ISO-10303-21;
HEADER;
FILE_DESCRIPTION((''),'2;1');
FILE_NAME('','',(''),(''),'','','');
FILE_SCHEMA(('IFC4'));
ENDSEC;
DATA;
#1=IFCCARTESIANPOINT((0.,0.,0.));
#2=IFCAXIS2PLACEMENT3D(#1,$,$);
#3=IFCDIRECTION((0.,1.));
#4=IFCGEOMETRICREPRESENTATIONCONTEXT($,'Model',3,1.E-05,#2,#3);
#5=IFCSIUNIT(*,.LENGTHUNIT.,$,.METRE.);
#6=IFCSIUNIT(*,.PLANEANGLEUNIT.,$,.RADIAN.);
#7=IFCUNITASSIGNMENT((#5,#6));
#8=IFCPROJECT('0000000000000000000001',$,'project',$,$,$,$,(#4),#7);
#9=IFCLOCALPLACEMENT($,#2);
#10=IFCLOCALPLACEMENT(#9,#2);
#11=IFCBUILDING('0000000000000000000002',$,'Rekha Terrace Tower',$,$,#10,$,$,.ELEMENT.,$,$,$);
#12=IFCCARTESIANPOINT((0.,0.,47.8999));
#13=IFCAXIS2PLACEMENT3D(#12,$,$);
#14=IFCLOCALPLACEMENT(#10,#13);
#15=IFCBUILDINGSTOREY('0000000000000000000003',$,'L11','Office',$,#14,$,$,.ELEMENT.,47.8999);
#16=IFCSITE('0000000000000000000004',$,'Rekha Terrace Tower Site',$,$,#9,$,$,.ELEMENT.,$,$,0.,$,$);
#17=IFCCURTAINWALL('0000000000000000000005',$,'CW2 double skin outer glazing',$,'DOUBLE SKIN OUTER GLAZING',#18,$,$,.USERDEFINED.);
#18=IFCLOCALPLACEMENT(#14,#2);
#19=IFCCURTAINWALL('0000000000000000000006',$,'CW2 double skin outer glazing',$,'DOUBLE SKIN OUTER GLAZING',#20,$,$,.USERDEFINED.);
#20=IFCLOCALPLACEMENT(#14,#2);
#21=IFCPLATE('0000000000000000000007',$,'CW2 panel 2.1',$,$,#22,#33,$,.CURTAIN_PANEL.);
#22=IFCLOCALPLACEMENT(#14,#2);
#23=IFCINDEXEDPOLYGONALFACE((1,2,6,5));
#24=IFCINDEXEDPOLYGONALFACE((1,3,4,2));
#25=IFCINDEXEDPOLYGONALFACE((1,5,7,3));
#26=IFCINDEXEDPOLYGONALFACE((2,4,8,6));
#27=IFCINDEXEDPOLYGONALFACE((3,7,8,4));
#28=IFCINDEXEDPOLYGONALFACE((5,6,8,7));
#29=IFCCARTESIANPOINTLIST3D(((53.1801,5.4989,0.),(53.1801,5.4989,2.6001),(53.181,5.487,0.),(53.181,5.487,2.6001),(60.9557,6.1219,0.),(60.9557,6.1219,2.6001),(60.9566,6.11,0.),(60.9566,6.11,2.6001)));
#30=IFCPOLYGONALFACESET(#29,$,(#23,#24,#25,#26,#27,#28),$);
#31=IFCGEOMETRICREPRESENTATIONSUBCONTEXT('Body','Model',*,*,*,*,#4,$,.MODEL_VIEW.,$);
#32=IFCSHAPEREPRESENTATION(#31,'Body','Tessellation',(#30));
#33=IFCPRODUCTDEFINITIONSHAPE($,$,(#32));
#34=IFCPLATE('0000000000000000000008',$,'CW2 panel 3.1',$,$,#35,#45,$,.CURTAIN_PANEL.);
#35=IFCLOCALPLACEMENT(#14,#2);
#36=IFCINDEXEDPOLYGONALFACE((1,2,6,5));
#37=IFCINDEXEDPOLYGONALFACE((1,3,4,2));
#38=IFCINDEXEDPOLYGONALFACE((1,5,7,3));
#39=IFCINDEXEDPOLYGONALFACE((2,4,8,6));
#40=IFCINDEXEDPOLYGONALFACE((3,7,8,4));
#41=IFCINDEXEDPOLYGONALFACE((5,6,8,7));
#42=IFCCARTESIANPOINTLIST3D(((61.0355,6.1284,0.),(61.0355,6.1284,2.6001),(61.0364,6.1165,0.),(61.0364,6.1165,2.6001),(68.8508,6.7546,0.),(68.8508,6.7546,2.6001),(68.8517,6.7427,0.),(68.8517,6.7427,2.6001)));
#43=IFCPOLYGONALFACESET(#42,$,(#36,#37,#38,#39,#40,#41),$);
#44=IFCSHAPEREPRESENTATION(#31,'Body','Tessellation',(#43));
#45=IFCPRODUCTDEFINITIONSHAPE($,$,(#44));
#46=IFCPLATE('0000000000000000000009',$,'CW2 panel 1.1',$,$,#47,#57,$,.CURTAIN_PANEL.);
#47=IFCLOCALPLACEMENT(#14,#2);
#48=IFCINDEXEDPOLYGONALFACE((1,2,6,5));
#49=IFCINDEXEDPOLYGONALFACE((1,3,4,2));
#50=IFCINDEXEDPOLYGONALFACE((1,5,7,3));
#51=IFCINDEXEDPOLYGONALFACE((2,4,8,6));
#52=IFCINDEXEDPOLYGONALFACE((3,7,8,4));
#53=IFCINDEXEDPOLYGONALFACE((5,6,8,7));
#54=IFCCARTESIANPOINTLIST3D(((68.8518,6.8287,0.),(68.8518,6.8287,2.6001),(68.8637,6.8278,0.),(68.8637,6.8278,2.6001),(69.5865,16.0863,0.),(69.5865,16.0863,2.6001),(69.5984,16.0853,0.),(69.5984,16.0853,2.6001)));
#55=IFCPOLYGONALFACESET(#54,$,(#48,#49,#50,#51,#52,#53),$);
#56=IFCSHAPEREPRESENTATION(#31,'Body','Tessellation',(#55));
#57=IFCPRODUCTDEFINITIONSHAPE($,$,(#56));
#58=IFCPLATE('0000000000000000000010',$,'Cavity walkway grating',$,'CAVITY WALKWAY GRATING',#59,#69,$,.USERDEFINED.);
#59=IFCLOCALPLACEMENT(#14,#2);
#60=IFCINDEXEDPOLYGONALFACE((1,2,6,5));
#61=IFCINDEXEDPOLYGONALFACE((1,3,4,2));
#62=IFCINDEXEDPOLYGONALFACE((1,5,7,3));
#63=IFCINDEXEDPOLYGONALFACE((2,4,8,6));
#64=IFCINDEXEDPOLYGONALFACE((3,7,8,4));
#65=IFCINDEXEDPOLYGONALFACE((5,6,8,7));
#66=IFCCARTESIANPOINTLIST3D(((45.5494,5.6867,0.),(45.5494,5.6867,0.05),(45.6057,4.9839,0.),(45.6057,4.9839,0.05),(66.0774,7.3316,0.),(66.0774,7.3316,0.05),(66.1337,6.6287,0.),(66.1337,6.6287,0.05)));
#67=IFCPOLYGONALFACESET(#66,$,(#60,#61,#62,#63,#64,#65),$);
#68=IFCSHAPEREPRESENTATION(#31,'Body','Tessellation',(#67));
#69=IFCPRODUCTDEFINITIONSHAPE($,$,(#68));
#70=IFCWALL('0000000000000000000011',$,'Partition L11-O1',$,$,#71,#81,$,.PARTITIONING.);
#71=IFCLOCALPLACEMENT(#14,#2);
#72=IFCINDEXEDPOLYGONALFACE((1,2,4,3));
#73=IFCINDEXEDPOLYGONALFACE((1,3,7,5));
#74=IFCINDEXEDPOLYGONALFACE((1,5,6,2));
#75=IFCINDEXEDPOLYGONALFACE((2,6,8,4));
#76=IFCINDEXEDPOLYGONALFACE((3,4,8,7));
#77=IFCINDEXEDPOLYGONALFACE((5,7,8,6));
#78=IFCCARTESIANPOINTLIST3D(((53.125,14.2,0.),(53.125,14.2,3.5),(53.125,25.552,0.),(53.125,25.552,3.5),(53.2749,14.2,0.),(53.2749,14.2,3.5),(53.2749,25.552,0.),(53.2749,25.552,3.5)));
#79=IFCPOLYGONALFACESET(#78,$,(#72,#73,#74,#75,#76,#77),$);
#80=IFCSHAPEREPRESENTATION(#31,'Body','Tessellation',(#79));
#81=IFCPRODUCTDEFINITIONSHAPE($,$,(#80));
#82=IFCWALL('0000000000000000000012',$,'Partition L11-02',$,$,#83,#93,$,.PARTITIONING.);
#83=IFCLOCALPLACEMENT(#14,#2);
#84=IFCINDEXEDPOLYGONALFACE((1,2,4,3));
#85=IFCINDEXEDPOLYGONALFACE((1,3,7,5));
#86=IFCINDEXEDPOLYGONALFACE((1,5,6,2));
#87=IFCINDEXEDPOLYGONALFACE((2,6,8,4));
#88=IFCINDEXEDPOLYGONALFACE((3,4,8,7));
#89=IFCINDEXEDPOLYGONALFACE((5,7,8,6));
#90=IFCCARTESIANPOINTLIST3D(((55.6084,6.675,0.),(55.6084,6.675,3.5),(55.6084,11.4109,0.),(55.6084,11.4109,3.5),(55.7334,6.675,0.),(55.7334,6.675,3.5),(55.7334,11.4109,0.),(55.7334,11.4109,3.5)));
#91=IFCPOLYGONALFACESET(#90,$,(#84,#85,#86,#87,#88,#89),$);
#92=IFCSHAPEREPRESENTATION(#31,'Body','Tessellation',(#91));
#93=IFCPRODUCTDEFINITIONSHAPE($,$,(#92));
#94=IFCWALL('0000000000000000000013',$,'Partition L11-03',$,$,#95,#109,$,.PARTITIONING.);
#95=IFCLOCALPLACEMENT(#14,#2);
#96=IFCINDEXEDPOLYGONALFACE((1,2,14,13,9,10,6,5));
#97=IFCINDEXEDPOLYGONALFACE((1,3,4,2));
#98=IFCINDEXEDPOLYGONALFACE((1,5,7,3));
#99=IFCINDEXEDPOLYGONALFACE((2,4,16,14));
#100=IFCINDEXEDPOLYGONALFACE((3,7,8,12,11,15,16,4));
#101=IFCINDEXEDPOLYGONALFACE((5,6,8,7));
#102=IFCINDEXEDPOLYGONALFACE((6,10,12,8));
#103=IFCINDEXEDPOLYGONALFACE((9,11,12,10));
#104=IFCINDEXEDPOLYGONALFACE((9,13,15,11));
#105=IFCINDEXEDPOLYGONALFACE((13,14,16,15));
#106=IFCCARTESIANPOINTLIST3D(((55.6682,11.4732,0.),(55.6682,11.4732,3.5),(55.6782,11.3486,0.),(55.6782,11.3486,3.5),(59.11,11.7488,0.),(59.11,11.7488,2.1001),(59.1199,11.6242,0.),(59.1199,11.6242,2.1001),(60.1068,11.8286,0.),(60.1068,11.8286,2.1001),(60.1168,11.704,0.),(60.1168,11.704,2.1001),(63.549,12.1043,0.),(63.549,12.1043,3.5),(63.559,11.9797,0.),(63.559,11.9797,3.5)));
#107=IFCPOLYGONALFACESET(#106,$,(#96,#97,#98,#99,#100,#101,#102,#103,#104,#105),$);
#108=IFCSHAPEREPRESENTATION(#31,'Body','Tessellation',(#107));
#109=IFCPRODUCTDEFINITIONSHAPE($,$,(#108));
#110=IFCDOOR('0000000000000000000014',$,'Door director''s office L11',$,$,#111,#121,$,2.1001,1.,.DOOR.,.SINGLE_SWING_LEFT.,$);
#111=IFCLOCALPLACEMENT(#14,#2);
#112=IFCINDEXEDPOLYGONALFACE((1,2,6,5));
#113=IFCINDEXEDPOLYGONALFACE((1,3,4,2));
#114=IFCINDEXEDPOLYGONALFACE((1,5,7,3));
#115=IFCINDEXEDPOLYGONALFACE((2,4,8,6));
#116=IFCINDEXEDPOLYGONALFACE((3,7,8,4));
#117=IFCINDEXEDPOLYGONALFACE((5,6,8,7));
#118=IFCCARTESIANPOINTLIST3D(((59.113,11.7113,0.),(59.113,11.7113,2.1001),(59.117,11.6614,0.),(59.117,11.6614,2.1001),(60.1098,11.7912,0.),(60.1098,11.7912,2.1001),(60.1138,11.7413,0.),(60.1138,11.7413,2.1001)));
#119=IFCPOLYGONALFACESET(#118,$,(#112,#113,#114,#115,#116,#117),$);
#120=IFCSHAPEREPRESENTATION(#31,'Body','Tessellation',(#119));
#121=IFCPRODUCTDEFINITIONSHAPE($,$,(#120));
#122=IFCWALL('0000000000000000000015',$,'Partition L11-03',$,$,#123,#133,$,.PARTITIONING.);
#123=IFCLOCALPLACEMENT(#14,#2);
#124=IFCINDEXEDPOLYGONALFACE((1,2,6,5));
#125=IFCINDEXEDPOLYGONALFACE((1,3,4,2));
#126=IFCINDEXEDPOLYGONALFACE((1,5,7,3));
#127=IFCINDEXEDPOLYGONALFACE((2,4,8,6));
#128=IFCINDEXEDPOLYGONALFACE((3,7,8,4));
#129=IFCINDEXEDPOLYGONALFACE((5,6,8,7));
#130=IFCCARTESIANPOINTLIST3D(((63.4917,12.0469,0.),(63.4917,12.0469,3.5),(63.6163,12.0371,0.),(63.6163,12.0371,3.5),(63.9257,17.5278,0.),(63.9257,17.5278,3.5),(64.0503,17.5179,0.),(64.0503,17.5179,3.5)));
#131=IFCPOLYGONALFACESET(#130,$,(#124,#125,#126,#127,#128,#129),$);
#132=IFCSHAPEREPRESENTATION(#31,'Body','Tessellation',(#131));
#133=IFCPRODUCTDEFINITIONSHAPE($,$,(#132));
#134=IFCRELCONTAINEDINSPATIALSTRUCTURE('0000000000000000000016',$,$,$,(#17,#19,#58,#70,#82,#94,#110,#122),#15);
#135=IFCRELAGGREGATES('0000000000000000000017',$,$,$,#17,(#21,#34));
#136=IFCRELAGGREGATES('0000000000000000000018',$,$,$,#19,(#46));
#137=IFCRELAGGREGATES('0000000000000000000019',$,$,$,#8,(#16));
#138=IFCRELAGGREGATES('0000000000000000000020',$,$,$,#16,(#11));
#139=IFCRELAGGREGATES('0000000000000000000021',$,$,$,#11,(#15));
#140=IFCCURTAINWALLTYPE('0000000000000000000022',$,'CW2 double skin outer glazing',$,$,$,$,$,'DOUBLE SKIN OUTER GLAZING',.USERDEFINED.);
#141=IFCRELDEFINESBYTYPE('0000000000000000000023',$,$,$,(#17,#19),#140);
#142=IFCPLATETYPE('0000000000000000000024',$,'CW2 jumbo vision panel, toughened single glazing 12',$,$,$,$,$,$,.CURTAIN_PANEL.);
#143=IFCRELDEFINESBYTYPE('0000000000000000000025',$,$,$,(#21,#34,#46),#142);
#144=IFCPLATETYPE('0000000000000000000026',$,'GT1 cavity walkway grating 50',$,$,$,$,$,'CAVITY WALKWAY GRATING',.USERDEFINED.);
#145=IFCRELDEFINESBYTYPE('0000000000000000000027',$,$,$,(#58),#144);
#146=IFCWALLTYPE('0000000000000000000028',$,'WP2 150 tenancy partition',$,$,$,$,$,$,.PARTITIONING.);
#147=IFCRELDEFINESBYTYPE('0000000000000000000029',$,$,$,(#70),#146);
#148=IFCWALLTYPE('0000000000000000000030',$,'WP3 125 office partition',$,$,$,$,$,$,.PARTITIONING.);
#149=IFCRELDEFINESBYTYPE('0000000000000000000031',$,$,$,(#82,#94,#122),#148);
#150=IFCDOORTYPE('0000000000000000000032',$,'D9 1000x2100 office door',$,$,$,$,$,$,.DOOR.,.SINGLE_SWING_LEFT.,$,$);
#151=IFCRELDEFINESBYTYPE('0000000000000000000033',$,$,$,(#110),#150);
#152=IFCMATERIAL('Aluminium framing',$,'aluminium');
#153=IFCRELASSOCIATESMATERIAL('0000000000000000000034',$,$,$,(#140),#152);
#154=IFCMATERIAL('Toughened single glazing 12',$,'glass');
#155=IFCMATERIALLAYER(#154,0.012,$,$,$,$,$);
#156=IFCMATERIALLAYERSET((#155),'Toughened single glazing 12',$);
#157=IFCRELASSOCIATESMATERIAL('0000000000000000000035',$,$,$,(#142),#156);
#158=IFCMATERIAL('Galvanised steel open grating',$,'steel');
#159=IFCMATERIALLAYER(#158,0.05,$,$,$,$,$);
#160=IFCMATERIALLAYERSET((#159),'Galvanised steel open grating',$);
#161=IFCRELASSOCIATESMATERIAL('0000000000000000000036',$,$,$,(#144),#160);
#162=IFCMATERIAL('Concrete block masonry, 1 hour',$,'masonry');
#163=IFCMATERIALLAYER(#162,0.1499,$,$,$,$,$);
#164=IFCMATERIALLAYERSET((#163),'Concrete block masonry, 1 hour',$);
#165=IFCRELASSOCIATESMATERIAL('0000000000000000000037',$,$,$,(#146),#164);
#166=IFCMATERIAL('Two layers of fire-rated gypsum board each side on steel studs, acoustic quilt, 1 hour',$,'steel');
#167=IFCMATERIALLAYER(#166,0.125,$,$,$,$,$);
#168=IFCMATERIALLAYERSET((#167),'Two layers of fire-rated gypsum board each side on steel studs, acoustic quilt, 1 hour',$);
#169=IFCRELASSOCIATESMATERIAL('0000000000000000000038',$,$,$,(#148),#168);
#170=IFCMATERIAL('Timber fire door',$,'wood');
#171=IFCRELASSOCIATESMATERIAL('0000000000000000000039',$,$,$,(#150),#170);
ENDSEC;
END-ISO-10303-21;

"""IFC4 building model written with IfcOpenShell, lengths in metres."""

from ifc_helpers import new_model, si_unit, direction, frame, frame_2d, origin, origin_2d, place, context, subcontext, project, spatial, rectangle, extrude, material, layer, layer_set, type_object, element, fill, aggregate, save


model = new_model("IFC4")

# Units and contexts
model_context = context("Model", 3, precision=1e-05, world=origin(), true_north=direction((0.0, 1.0)))
body_context = subcontext(model_context, "Body", "Model", "MODEL_VIEW")
ifc_project = project(units=[si_unit("LENGTHUNIT", "METRE"), si_unit("PLANEANGLEUNIT", "RADIAN")], contexts=[model_context])

# Site, building, storey
site_placement = place(None, origin())
site = spatial("IfcSite", under=ifc_project, at=site_placement, Name="Rekha Terrace Tower Site", CompositionType="ELEMENT", RefElevation=0.0)
building_placement = place(site_placement, origin())
building = spatial("IfcBuilding", under=site, at=building_placement, Name="Rekha Terrace Tower", CompositionType="ELEMENT")
storey_placement = place(building_placement, frame((0.0, 0.0, 47.8999)))
storey = spatial("IfcBuildingStorey", under=building, at=storey_placement, Name="L11", Description="Office", CompositionType="ELEMENT", Elevation=47.8999)

# Curtain wall
ifc_material_1 = material(Name="Aluminium framing", Category="aluminium")
curtain_wall_type_1 = type_object("IfcCurtainWallType", Name="CW2 double skin outer glazing", ElementType="DOUBLE SKIN OUTER GLAZING", PredefinedType="USERDEFINED", material=ifc_material_1)
curtain_wall_1_placement = place(storey_placement, origin())
curtain_wall_1 = element("IfcCurtainWall", 1, at=curtain_wall_1_placement, inside=storey, type_object=curtain_wall_type_1, Name="CW2 double skin outer glazing", ObjectType="DOUBLE SKIN OUTER GLAZING", PredefinedType="USERDEFINED")

# Curtain wall
curtain_wall_2_placement = place(storey_placement, origin())
curtain_wall_2 = element("IfcCurtainWall", 2, at=curtain_wall_2_placement, inside=storey, type_object=curtain_wall_type_1, Name="CW2 double skin outer glazing", ObjectType="DOUBLE SKIN OUTER GLAZING", PredefinedType="USERDEFINED")

# Plates
ifc_material_2 = material(Name="Toughened single glazing 12", Category="glass")
ifc_layer_1 = layer(ifc_material_2, 0.012)
ifc_layer_set_1 = layer_set([ifc_layer_1], Name="Toughened single glazing 12")
plate_type_1 = type_object("IfcPlateType", Name="CW2 jumbo vision panel, toughened single glazing 12", PredefinedType="CURTAIN_PANEL", material=ifc_layer_set_1)
plate_1_placement = place(storey_placement, frame((57.0684, 5.8044, 0.0), z_axis=(0.0, 0.0, 1.0), x_axis=(0.996805, 0.079872, 0.0)))
plate_1 = element("IfcPlate", 3, at=plate_1_placement, type_object=plate_type_1, Name="CW2 panel 2.1", PredefinedType="CURTAIN_PANEL", context=body_context, shape_type="SweptSolid", body=[
    extrude(rectangle(XDim=7.8005, YDim=0.012, at=origin_2d()), origin(), (0.0, 0.0, 1.0), 2.6001),
])
plate_2_placement = place(storey_placement, frame((64.9436, 6.4355, 0.0), z_axis=(0.0, 0.0, 1.0), x_axis=(0.996805, 0.079872, 0.0)))
plate_2 = element("IfcPlate", 4, at=plate_2_placement, type_object=plate_type_1, Name="CW2 panel 3.1", PredefinedType="CURTAIN_PANEL", context=body_context, shape_type="SweptSolid", body=[
    extrude(rectangle(XDim=7.8403, YDim=0.012, at=origin_2d()), origin(), (0.0, 0.0, 1.0), 2.6001),
])
aggregate(curtain_wall_1, [plate_1, plate_2])
plate_3_placement = place(storey_placement, frame((69.2251, 11.457, 0.0), z_axis=(0.0, 0.0, 1.0), x_axis=(0.079116, 0.996865, 0.0)))
plate_3 = element("IfcPlate", 5, at=plate_3_placement, type_object=plate_type_1, Name="CW2 panel 1.1", PredefinedType="CURTAIN_PANEL", context=body_context, shape_type="SweptSolid", body=[
    extrude(rectangle(XDim=9.2866, YDim=0.012, at=origin_2d()), origin(), (0.0, 0.0, 1.0), 2.6001),
])
aggregate(curtain_wall_2, [plate_3])
ifc_material_3 = material(Name="Galvanised steel open grating", Category="steel")
ifc_layer_2 = layer(ifc_material_3, 0.05)
ifc_layer_set_2 = layer_set([ifc_layer_2], Name="Galvanised steel open grating")
plate_type_2 = type_object("IfcPlateType", Name="GT1 cavity walkway grating 50", ElementType="CAVITY WALKWAY GRATING", PredefinedType="USERDEFINED", material=ifc_layer_set_2)
plate_4_placement = place(storey_placement, frame((55.8416, 6.1577, 0.0), z_axis=(0.0, 0.0, 1.0), x_axis=(0.996805, 0.079872, 0.0)))
element("IfcPlate", 6, at=plate_4_placement, inside=storey, type_object=plate_type_2, Name="Cavity walkway grating", ObjectType="CAVITY WALKWAY GRATING", PredefinedType="USERDEFINED", context=body_context, shape_type="SweptSolid", body=[
    extrude(rectangle(XDim=20.5938, YDim=0.7051, at=origin_2d()), origin(), (0.0, 0.0, 1.0), 0.05),
])

# Walls
ifc_material_4 = material(Name="Concrete block masonry, 1 hour", Category="masonry")
ifc_layer_3 = layer(ifc_material_4, 0.1499)
ifc_layer_set_3 = layer_set([ifc_layer_3], Name="Concrete block masonry, 1 hour")
wall_type_1 = type_object("IfcWallType", Name="WP2 150 tenancy partition", PredefinedType="PARTITIONING", material=ifc_layer_set_3)
wall_1_placement = place(storey_placement, frame((53.2, 14.2, 0.0), z_axis=(0.0, 0.0, 1.0), x_axis=(0.0, 1.0, 0.0)))
element("IfcWall", 7, at=wall_1_placement, inside=storey, type_object=wall_type_1, Name="Partition L11-O1", PredefinedType="PARTITIONING", context=body_context, shape_type="SweptSolid", body=[
    extrude(rectangle(XDim=11.3521, YDim=0.1499, at=frame_2d((5.676, 0.0))), origin(), (0.0, 0.0, 1.0), 3.5),
])
ifc_material_5 = material(Name="Two layers of fire-rated gypsum board each side on steel studs, acoustic quilt, 1 hour", Category="steel")
ifc_layer_4 = layer(ifc_material_5, 0.125)
ifc_layer_set_4 = layer_set([ifc_layer_4], Name="Two layers of fire-rated gypsum board each side on steel studs, acoustic quilt, 1 hour")
wall_type_2 = type_object("IfcWallType", Name="WP3 125 office partition", PredefinedType="PARTITIONING", material=ifc_layer_set_4)
wall_2_placement = place(storey_placement, frame((55.6709, 11.4109, 0.0), z_axis=(0.0, 0.0, 1.0), x_axis=(0.0, -1.0, 0.0)))
element("IfcWall", 8, at=wall_2_placement, inside=storey, type_object=wall_type_2, Name="Partition L11-02", PredefinedType="PARTITIONING", context=body_context, shape_type="SweptSolid", body=[
    extrude(rectangle(XDim=4.7358, YDim=0.125, at=frame_2d((2.3679, 0.0))), origin(), (0.0, 0.0, 1.0), 3.5),
])

# Wall, opening, door
wall_3_placement = place(storey_placement, frame((55.6731, 11.4109, 0.0), z_axis=(0.0, 0.0, 1.0), x_axis=(0.996809, 0.079825, 0.0)))
wall_3 = element("IfcWall", 9, at=wall_3_placement, inside=storey, type_object=wall_type_2, Name="Partition L11-03", PredefinedType="PARTITIONING", context=body_context, shape_type="SweptSolid", body=[
    extrude(rectangle(XDim=7.906, YDim=0.125, at=frame_2d((3.9531, 0.0))), origin(), (0.0, 0.0, 1.0), 3.5),
])
opening_placement = place(wall_3_placement, frame((3.4529, 0.0, 0.0)))
opening = element("IfcOpeningElement", 10, at=opening_placement, cuts=wall_3, PredefinedType="OPENING", context=body_context, shape_type="SweptSolid", body=[
    extrude(rectangle(XDim=1.0, YDim=2.1001, at=frame_2d((0.5, 1.05))), frame((0.0, 0.0725, 0.0), z_axis=(0.0, -1.0, 0.0), x_axis=(1.0, 0.0, 0.0)), (0.0, 0.0, 1.0), 0.145),
])
ifc_material_6 = material(Name="Timber fire door", Category="wood")
door_type = type_object("IfcDoorType", Name="D9 1000x2100 office door", OperationType="SINGLE_SWING_LEFT", PredefinedType="DOOR", material=ifc_material_6)
door_placement = place(opening_placement, origin())
door = element("IfcDoor", 11, at=door_placement, inside=storey, type_object=door_type, Name="Door director's office L11", OperationType="SINGLE_SWING_LEFT", OverallHeight=2.1001, OverallWidth=1.0, PredefinedType="DOOR", context=body_context, shape_type="SweptSolid", body=[
    extrude(rectangle(XDim=1.0, YDim=2.1001, at=frame_2d((0.5, 1.05))), frame((0.0, 0.0249, 0.0), z_axis=(0.0, -1.0, 0.0), x_axis=(1.0, 0.0, 0.0)), (0.0, 0.0, 1.0), 0.05),
])
fill(opening, door)

# Wall
wall_4_placement = place(storey_placement, frame((63.554, 12.042, 0.0), z_axis=(0.0, 0.0, 1.0), x_axis=(0.078951, 0.996878, 0.0)))
element("IfcWall", 12, at=wall_4_placement, inside=storey, type_object=wall_type_2, Name="Partition L11-03", PredefinedType="PARTITIONING", context=body_context, shape_type="SweptSolid", body=[
    extrude(rectangle(XDim=5.498, YDim=0.125, at=frame_2d((2.749, 0.0))), origin(), (0.0, 0.0, 1.0), 3.5),
])

save(model, "model.ifc")
